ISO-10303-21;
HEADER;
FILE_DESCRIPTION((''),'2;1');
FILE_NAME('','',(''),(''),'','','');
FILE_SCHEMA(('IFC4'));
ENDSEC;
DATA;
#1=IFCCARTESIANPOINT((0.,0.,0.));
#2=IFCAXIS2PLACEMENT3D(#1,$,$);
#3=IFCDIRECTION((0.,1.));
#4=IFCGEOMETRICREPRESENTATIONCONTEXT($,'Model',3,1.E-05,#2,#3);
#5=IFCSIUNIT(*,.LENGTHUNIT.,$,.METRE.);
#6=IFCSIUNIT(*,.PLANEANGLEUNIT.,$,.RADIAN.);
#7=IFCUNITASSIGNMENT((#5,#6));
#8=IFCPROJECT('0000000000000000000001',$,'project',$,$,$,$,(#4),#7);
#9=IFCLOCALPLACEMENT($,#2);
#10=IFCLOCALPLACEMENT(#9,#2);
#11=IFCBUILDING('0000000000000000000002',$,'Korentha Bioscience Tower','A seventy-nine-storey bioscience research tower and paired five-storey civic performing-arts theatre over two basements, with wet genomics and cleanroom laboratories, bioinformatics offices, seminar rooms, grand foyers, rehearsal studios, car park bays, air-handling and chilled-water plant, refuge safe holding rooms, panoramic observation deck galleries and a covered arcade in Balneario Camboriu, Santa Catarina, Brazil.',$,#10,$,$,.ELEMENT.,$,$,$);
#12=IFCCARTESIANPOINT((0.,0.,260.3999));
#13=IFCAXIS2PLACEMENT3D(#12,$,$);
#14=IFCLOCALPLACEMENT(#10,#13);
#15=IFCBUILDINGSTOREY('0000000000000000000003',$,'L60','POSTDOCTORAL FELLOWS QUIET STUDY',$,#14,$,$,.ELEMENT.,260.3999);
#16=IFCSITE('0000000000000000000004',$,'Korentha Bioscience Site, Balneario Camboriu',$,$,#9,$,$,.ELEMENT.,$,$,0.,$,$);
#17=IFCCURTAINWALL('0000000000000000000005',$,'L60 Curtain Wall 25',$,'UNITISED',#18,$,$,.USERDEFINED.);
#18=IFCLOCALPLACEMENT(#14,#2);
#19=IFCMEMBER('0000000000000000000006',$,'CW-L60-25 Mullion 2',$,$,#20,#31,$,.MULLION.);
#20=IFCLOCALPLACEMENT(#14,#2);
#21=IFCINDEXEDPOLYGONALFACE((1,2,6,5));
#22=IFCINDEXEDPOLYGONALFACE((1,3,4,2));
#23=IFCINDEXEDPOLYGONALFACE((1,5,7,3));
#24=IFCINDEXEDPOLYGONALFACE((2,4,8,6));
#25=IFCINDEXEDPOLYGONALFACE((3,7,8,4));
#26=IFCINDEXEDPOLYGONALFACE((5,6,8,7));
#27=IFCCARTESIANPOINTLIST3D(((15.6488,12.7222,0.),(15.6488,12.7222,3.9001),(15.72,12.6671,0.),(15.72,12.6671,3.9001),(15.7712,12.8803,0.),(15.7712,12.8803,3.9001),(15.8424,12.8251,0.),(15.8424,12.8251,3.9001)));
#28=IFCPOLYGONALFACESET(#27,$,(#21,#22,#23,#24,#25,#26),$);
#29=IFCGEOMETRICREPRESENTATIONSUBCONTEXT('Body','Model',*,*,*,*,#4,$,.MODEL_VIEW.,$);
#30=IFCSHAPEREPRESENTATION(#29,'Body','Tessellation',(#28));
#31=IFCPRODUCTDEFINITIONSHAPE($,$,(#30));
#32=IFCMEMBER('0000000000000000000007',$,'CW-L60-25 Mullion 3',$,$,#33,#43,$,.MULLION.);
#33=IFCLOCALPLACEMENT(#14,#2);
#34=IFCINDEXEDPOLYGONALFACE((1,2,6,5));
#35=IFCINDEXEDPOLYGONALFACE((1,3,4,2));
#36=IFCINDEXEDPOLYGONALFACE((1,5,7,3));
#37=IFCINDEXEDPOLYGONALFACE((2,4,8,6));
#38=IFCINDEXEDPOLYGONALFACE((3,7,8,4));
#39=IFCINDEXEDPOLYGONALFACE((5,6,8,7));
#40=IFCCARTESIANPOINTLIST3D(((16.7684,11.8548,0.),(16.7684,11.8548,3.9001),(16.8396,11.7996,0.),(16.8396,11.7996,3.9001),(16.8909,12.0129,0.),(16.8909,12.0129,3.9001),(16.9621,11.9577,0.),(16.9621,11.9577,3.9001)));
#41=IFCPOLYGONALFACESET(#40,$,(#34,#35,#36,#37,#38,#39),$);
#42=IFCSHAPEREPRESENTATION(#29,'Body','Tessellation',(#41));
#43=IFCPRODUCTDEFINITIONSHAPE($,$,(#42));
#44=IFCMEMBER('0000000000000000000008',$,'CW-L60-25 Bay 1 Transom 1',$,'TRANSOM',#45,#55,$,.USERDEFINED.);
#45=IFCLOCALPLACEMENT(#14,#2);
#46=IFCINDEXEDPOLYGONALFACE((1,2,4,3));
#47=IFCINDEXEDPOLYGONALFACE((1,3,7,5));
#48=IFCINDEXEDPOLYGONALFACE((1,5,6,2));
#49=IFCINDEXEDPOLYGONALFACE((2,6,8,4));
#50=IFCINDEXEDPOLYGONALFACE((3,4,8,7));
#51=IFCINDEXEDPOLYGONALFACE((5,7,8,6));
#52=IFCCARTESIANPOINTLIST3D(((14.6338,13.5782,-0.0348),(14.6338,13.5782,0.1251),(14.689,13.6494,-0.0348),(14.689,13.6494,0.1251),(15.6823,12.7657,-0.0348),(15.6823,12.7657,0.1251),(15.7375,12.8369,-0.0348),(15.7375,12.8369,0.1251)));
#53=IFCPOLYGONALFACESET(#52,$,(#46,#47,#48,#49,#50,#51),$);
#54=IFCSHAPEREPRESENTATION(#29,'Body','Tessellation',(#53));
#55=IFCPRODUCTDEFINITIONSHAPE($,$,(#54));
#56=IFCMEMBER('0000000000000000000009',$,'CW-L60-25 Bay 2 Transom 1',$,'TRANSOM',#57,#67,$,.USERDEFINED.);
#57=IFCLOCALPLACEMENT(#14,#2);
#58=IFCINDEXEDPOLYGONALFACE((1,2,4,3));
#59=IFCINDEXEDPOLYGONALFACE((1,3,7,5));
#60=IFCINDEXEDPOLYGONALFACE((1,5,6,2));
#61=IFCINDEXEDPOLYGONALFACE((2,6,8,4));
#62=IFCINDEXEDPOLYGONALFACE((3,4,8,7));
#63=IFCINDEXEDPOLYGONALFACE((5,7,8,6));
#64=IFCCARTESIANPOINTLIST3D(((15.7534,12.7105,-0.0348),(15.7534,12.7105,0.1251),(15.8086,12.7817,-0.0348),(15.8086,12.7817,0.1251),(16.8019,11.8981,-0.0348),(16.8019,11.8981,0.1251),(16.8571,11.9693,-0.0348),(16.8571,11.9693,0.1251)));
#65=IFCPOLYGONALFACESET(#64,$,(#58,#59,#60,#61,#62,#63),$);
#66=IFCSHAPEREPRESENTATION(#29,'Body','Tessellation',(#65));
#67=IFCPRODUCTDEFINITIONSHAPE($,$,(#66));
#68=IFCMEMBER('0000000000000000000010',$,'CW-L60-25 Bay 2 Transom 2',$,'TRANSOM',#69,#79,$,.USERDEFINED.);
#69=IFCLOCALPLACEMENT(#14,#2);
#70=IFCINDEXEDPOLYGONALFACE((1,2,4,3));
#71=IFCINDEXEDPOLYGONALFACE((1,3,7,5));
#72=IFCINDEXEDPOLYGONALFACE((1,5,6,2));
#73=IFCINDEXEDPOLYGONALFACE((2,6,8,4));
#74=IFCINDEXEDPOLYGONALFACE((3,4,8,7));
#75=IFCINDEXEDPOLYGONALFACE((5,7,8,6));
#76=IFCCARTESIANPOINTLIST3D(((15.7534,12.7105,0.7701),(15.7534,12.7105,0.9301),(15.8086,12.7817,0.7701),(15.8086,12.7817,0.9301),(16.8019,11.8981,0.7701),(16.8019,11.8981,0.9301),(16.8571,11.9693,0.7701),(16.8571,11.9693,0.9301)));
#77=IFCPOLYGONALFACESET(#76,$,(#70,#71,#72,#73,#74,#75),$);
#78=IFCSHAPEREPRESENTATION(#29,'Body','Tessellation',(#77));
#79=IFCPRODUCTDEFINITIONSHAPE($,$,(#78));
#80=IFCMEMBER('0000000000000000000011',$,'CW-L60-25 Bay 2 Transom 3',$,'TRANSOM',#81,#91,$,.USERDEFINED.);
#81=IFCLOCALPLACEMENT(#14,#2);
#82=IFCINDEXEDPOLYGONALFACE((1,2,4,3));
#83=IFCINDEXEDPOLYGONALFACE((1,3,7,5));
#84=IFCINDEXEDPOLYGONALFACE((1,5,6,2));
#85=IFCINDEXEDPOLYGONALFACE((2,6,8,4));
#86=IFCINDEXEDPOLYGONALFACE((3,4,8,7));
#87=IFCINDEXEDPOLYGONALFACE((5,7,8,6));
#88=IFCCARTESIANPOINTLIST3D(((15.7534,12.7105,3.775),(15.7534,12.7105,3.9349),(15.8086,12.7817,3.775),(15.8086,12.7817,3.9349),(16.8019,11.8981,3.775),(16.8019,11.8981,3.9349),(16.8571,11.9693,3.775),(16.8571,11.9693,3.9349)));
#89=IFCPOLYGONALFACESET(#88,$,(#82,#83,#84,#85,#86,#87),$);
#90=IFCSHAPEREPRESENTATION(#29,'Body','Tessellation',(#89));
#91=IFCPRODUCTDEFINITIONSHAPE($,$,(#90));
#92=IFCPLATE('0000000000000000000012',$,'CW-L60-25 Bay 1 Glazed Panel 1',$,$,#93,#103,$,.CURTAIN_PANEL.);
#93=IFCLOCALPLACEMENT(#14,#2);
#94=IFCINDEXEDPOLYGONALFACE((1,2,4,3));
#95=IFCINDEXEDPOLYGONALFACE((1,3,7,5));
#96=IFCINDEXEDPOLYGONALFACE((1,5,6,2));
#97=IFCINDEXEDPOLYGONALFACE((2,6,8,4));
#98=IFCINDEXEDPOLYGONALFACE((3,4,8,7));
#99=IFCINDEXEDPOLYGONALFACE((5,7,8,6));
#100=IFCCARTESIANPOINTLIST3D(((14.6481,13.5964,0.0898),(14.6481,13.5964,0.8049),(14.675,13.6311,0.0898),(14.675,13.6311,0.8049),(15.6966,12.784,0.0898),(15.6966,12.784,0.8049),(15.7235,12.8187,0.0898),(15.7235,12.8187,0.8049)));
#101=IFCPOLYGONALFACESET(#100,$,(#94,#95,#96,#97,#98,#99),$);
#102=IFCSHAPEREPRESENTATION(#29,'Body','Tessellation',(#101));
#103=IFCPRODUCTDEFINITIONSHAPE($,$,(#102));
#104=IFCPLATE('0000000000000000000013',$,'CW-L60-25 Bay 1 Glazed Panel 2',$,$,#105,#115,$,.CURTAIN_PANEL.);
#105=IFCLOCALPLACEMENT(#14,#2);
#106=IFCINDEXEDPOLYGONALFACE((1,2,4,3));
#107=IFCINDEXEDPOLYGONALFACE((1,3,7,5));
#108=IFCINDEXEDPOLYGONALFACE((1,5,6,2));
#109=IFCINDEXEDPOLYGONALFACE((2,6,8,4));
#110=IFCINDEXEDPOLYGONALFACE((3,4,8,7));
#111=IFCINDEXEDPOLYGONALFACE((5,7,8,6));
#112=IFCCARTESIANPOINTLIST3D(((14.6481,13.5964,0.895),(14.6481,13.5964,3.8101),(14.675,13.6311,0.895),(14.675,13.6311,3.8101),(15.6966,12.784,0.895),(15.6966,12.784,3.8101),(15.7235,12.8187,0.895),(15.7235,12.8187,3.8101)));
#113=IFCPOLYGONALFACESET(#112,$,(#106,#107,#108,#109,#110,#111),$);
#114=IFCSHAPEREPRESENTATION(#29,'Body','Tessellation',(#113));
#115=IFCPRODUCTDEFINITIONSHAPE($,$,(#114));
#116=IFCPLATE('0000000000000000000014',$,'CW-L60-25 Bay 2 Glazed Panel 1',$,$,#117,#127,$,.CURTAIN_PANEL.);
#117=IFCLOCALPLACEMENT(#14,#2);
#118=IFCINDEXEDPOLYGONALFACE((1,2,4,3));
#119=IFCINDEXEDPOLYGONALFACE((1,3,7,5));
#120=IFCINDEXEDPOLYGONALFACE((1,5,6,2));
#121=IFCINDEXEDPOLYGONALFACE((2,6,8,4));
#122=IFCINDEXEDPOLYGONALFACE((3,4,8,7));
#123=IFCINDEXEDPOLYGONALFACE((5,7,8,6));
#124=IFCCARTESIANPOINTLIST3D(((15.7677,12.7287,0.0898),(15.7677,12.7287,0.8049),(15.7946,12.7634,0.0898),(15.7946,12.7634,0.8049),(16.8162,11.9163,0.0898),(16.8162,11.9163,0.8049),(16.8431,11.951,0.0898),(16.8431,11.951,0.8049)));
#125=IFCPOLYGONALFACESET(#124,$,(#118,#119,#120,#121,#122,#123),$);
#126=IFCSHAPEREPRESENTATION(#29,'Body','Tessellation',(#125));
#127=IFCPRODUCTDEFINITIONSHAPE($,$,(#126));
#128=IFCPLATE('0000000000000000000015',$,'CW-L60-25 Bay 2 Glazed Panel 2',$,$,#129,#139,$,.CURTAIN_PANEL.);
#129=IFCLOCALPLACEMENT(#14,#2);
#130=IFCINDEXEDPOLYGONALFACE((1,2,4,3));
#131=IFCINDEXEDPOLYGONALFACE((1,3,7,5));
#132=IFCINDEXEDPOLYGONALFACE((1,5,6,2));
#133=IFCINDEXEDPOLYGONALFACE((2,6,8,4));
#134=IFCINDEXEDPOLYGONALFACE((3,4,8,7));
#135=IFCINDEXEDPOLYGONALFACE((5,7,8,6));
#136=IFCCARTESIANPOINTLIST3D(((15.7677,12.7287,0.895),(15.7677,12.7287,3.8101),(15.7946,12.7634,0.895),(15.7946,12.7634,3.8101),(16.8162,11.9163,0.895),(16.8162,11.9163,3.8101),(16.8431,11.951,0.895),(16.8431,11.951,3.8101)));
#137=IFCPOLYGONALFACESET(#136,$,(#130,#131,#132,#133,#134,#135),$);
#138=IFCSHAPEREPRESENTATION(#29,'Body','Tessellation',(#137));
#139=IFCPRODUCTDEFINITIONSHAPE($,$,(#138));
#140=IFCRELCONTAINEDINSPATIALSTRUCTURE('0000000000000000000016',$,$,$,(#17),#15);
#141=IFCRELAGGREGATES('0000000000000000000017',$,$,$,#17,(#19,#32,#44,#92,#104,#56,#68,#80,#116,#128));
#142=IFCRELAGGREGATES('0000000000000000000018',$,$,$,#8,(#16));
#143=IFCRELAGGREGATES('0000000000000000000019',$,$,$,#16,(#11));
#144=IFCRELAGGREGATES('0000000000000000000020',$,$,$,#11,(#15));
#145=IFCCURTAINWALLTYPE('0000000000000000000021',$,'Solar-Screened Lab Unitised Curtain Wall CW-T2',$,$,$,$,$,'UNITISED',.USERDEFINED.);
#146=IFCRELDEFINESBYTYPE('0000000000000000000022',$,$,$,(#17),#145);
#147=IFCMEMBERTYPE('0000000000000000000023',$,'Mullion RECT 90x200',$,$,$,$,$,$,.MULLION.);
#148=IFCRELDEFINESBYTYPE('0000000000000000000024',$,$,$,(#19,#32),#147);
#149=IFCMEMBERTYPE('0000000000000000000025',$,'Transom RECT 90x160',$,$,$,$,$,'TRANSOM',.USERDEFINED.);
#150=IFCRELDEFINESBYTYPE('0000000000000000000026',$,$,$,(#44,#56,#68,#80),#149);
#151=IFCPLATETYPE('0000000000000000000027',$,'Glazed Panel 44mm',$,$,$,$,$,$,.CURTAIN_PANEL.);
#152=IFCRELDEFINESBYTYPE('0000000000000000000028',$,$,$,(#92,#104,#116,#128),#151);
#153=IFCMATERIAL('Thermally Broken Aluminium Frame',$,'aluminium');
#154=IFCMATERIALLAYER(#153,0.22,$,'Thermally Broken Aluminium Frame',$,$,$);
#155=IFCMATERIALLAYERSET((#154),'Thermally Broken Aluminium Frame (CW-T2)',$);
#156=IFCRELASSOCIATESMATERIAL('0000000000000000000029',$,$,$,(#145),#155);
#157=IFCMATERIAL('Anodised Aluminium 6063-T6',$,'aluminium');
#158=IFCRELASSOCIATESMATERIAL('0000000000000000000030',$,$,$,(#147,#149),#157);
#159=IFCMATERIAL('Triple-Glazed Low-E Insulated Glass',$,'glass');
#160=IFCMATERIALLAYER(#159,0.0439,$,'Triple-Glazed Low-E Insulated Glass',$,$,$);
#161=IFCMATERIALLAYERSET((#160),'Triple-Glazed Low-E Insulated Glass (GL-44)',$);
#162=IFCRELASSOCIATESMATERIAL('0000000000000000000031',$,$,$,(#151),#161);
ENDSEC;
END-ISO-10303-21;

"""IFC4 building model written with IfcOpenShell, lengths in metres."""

from ifc_helpers import new_model, si_unit, direction, frame, origin, origin_2d, place, context, subcontext, project, spatial, rectangle, extrude, material, layer, layer_set, material_profile, profile_set, type_object, element, aggregate, save


model = new_model("IFC4")

# Units and contexts
model_context = context("Model", 3, precision=1e-05, world=origin(), true_north=direction((0.0, 1.0)))
body_context = subcontext(model_context, "Body", "Model", "MODEL_VIEW")
ifc_project = project(units=[si_unit("LENGTHUNIT", "METRE"), si_unit("PLANEANGLEUNIT", "RADIAN")], contexts=[model_context])

# Site, building, storey
site_placement = place(None, origin())
site = spatial("IfcSite", under=ifc_project, at=site_placement, Name="Korentha Bioscience Site, Balneario Camboriu", CompositionType="ELEMENT", RefElevation=0.0)
building_placement = place(site_placement, origin())
building = spatial("IfcBuilding", under=site, at=building_placement, Name="Korentha Bioscience Tower", Description="A seventy-nine-storey bioscience research tower and paired five-storey civic performing-arts theatre over two basements, with wet genomics and cleanroom laboratories, bioinformatics offices, seminar rooms, grand foyers, rehearsal studios, car park bays, air-handling and chilled-water plant, refuge safe holding rooms, panoramic observation deck galleries and a covered arcade in Balneario Camboriu, Santa Catarina, Brazil.", CompositionType="ELEMENT")
storey_placement = place(building_placement, frame((0.0, 0.0, 260.3999)))
storey = spatial("IfcBuildingStorey", under=building, at=storey_placement, Name="L60", Description="POSTDOCTORAL FELLOWS QUIET STUDY", CompositionType="ELEMENT", Elevation=260.3999)

# Curtain wall, members, plates
ifc_material_1 = material(Name="Thermally Broken Aluminium Frame", Category="aluminium")
ifc_layer_1 = layer(ifc_material_1, 0.22, Name="Thermally Broken Aluminium Frame")
ifc_layer_set_1 = layer_set([ifc_layer_1], Name="Thermally Broken Aluminium Frame (CW-T2)")
curtain_wall_type = type_object("IfcCurtainWallType", Name="Solar-Screened Lab Unitised Curtain Wall CW-T2", ElementType="UNITISED", PredefinedType="USERDEFINED", material=ifc_layer_set_1)
curtain_wall_placement = place(storey_placement, origin())
curtain_wall = element("IfcCurtainWall", 1, at=curtain_wall_placement, inside=storey, type_object=curtain_wall_type, Name="L60 Curtain Wall 25", ObjectType="UNITISED", PredefinedType="USERDEFINED")
ifc_material_2 = material(Name="Anodised Aluminium 6063-T6", Category="aluminium")
ifc_material_profile_1 = material_profile(ifc_material_2, rectangle(XDim=0.0901, YDim=0.2, at=origin_2d()), Name="Anodised Aluminium 6063-T6")
ifc_profile_set_1 = profile_set([ifc_material_profile_1], Name="Anodised Aluminium 6063-T6 (CW-MUL)")
member_type_1 = type_object("IfcMemberType", Name="Mullion RECT 90x200", PredefinedType="MULLION", material=ifc_profile_set_1)
member_1_placement = place(storey_placement, frame((15.7456, 12.7737, 0.0), z_axis=(0.0, 0.0, 1.0), x_axis=(0.790488, -0.612478, 0.0)))
member_1 = element("IfcMember", 2, at=member_1_placement, type_object=member_type_1, Name="CW-L60-25 Mullion 2", PredefinedType="MULLION", context=body_context, shape_type="SweptSolid", body=[
    extrude(rectangle(XDim=0.0901, YDim=0.2, at=origin_2d()), origin(), (0.0, 0.0, 1.0), 3.9001),
])
member_2_placement = place(storey_placement, frame((16.8652, 11.9062, 0.0), z_axis=(0.0, 0.0, 1.0), x_axis=(0.790488, -0.612478, 0.0)))
member_2 = element("IfcMember", 3, at=member_2_placement, type_object=member_type_1, Name="CW-L60-25 Mullion 3", PredefinedType="MULLION", context=body_context, shape_type="SweptSolid", body=[
    extrude(rectangle(XDim=0.0901, YDim=0.2, at=origin_2d()), origin(), (0.0, 0.0, 1.0), 3.9001),
])
ifc_material_profile_2 = material_profile(ifc_material_2, rectangle(XDim=0.0901, YDim=0.1599, at=origin_2d()), Name="Anodised Aluminium 6063-T6")
ifc_profile_set_2 = profile_set([ifc_material_profile_2], Name="Anodised Aluminium 6063-T6 (CW-TRN)")
member_type_2 = type_object("IfcMemberType", Name="Transom RECT 90x160", ElementType="TRANSOM", PredefinedType="USERDEFINED", material=ifc_profile_set_2)
member_3_placement = place(storey_placement, frame((14.6614, 13.6138, 0.0452), z_axis=(0.790471, -0.6125, 0.0), x_axis=(0.6125, 0.790471, 0.0)))
member_3 = element("IfcMember", 4, at=member_3_placement, type_object=member_type_2, Name="CW-L60-25 Bay 1 Transom 1", ObjectType="TRANSOM", PredefinedType="USERDEFINED", context=body_context, shape_type="SweptSolid", body=[
    extrude(rectangle(XDim=0.0901, YDim=0.1599, at=origin_2d()), origin(), (0.0, 0.0, 1.0), 1.3264),
])
member_4_placement = place(storey_placement, frame((15.781, 12.7461, 0.0452), z_axis=(0.790471, -0.6125, 0.0), x_axis=(0.6125, 0.790471, 0.0)))
member_4 = element("IfcMember", 5, at=member_4_placement, type_object=member_type_2, Name="CW-L60-25 Bay 2 Transom 1", ObjectType="TRANSOM", PredefinedType="USERDEFINED", context=body_context, shape_type="SweptSolid", body=[
    extrude(rectangle(XDim=0.0901, YDim=0.1599, at=origin_2d()), origin(), (0.0, 0.0, 1.0), 1.3264),
])
member_5_placement = place(storey_placement, frame((15.781, 12.7461, 0.8501), z_axis=(0.790471, -0.6125, 0.0), x_axis=(0.6125, 0.790471, 0.0)))
member_5 = element("IfcMember", 6, at=member_5_placement, type_object=member_type_2, Name="CW-L60-25 Bay 2 Transom 2", ObjectType="TRANSOM", PredefinedType="USERDEFINED", context=body_context, shape_type="SweptSolid", body=[
    extrude(rectangle(XDim=0.0901, YDim=0.1599, at=origin_2d()), origin(), (0.0, 0.0, 1.0), 1.3264),
])
member_6_placement = place(storey_placement, frame((15.781, 12.7461, 3.855), z_axis=(0.790471, -0.6125, 0.0), x_axis=(0.6125, 0.790471, 0.0)))
member_6 = element("IfcMember", 7, at=member_6_placement, type_object=member_type_2, Name="CW-L60-25 Bay 2 Transom 3", ObjectType="TRANSOM", PredefinedType="USERDEFINED", context=body_context, shape_type="SweptSolid", body=[
    extrude(rectangle(XDim=0.0901, YDim=0.1599, at=origin_2d()), origin(), (0.0, 0.0, 1.0), 1.3264),
])
ifc_material_3 = material(Name="Triple-Glazed Low-E Insulated Glass", Category="glass")
ifc_layer_2 = layer(ifc_material_3, 0.0439, Name="Triple-Glazed Low-E Insulated Glass")
ifc_layer_set_2 = layer_set([ifc_layer_2], Name="Triple-Glazed Low-E Insulated Glass (GL-44)")
plate_type = type_object("IfcPlateType", Name="Glazed Panel 44mm", PredefinedType="CURTAIN_PANEL", material=ifc_layer_set_2)
plate_1_placement = place(storey_placement, frame((15.1858, 13.2075, 0.0898), z_axis=(0.0, 0.0, 1.0), x_axis=(0.790488, -0.612478, 0.0)))
plate_1 = element("IfcPlate", 8, at=plate_1_placement, type_object=plate_type, Name="CW-L60-25 Bay 1 Glazed Panel 1", PredefinedType="CURTAIN_PANEL", context=body_context, shape_type="SweptSolid", body=[
    extrude(rectangle(XDim=1.3264, YDim=0.0439, at=origin_2d()), origin(), (0.0, 0.0, 1.0), 0.7151),
])
plate_2_placement = place(storey_placement, frame((15.1858, 13.2075, 0.895), z_axis=(0.0, 0.0, 1.0), x_axis=(0.790488, -0.612478, 0.0)))
plate_2 = element("IfcPlate", 9, at=plate_2_placement, type_object=plate_type, Name="CW-L60-25 Bay 1 Glazed Panel 2", PredefinedType="CURTAIN_PANEL", context=body_context, shape_type="SweptSolid", body=[
    extrude(rectangle(XDim=1.3264, YDim=0.0439, at=origin_2d()), origin(), (0.0, 0.0, 1.0), 2.915),
])
plate_3_placement = place(storey_placement, frame((16.3054, 12.3398, 0.0898), z_axis=(0.0, 0.0, 1.0), x_axis=(0.790488, -0.612478, 0.0)))
plate_3 = element("IfcPlate", 10, at=plate_3_placement, type_object=plate_type, Name="CW-L60-25 Bay 2 Glazed Panel 1", PredefinedType="CURTAIN_PANEL", context=body_context, shape_type="SweptSolid", body=[
    extrude(rectangle(XDim=1.3264, YDim=0.0439, at=origin_2d()), origin(), (0.0, 0.0, 1.0), 0.7151),
])
plate_4_placement = place(storey_placement, frame((16.3054, 12.3398, 0.895), z_axis=(0.0, 0.0, 1.0), x_axis=(0.790488, -0.612478, 0.0)))
plate_4 = element("IfcPlate", 11, at=plate_4_placement, type_object=plate_type, Name="CW-L60-25 Bay 2 Glazed Panel 2", PredefinedType="CURTAIN_PANEL", context=body_context, shape_type="SweptSolid", body=[
    extrude(rectangle(XDim=1.3264, YDim=0.0439, at=origin_2d()), origin(), (0.0, 0.0, 1.0), 2.915),
])
aggregate(curtain_wall, [member_1, member_2, member_3, plate_1, plate_2, member_4, member_5, member_6, plate_3, plate_4])

save(model, "model.ifc")
